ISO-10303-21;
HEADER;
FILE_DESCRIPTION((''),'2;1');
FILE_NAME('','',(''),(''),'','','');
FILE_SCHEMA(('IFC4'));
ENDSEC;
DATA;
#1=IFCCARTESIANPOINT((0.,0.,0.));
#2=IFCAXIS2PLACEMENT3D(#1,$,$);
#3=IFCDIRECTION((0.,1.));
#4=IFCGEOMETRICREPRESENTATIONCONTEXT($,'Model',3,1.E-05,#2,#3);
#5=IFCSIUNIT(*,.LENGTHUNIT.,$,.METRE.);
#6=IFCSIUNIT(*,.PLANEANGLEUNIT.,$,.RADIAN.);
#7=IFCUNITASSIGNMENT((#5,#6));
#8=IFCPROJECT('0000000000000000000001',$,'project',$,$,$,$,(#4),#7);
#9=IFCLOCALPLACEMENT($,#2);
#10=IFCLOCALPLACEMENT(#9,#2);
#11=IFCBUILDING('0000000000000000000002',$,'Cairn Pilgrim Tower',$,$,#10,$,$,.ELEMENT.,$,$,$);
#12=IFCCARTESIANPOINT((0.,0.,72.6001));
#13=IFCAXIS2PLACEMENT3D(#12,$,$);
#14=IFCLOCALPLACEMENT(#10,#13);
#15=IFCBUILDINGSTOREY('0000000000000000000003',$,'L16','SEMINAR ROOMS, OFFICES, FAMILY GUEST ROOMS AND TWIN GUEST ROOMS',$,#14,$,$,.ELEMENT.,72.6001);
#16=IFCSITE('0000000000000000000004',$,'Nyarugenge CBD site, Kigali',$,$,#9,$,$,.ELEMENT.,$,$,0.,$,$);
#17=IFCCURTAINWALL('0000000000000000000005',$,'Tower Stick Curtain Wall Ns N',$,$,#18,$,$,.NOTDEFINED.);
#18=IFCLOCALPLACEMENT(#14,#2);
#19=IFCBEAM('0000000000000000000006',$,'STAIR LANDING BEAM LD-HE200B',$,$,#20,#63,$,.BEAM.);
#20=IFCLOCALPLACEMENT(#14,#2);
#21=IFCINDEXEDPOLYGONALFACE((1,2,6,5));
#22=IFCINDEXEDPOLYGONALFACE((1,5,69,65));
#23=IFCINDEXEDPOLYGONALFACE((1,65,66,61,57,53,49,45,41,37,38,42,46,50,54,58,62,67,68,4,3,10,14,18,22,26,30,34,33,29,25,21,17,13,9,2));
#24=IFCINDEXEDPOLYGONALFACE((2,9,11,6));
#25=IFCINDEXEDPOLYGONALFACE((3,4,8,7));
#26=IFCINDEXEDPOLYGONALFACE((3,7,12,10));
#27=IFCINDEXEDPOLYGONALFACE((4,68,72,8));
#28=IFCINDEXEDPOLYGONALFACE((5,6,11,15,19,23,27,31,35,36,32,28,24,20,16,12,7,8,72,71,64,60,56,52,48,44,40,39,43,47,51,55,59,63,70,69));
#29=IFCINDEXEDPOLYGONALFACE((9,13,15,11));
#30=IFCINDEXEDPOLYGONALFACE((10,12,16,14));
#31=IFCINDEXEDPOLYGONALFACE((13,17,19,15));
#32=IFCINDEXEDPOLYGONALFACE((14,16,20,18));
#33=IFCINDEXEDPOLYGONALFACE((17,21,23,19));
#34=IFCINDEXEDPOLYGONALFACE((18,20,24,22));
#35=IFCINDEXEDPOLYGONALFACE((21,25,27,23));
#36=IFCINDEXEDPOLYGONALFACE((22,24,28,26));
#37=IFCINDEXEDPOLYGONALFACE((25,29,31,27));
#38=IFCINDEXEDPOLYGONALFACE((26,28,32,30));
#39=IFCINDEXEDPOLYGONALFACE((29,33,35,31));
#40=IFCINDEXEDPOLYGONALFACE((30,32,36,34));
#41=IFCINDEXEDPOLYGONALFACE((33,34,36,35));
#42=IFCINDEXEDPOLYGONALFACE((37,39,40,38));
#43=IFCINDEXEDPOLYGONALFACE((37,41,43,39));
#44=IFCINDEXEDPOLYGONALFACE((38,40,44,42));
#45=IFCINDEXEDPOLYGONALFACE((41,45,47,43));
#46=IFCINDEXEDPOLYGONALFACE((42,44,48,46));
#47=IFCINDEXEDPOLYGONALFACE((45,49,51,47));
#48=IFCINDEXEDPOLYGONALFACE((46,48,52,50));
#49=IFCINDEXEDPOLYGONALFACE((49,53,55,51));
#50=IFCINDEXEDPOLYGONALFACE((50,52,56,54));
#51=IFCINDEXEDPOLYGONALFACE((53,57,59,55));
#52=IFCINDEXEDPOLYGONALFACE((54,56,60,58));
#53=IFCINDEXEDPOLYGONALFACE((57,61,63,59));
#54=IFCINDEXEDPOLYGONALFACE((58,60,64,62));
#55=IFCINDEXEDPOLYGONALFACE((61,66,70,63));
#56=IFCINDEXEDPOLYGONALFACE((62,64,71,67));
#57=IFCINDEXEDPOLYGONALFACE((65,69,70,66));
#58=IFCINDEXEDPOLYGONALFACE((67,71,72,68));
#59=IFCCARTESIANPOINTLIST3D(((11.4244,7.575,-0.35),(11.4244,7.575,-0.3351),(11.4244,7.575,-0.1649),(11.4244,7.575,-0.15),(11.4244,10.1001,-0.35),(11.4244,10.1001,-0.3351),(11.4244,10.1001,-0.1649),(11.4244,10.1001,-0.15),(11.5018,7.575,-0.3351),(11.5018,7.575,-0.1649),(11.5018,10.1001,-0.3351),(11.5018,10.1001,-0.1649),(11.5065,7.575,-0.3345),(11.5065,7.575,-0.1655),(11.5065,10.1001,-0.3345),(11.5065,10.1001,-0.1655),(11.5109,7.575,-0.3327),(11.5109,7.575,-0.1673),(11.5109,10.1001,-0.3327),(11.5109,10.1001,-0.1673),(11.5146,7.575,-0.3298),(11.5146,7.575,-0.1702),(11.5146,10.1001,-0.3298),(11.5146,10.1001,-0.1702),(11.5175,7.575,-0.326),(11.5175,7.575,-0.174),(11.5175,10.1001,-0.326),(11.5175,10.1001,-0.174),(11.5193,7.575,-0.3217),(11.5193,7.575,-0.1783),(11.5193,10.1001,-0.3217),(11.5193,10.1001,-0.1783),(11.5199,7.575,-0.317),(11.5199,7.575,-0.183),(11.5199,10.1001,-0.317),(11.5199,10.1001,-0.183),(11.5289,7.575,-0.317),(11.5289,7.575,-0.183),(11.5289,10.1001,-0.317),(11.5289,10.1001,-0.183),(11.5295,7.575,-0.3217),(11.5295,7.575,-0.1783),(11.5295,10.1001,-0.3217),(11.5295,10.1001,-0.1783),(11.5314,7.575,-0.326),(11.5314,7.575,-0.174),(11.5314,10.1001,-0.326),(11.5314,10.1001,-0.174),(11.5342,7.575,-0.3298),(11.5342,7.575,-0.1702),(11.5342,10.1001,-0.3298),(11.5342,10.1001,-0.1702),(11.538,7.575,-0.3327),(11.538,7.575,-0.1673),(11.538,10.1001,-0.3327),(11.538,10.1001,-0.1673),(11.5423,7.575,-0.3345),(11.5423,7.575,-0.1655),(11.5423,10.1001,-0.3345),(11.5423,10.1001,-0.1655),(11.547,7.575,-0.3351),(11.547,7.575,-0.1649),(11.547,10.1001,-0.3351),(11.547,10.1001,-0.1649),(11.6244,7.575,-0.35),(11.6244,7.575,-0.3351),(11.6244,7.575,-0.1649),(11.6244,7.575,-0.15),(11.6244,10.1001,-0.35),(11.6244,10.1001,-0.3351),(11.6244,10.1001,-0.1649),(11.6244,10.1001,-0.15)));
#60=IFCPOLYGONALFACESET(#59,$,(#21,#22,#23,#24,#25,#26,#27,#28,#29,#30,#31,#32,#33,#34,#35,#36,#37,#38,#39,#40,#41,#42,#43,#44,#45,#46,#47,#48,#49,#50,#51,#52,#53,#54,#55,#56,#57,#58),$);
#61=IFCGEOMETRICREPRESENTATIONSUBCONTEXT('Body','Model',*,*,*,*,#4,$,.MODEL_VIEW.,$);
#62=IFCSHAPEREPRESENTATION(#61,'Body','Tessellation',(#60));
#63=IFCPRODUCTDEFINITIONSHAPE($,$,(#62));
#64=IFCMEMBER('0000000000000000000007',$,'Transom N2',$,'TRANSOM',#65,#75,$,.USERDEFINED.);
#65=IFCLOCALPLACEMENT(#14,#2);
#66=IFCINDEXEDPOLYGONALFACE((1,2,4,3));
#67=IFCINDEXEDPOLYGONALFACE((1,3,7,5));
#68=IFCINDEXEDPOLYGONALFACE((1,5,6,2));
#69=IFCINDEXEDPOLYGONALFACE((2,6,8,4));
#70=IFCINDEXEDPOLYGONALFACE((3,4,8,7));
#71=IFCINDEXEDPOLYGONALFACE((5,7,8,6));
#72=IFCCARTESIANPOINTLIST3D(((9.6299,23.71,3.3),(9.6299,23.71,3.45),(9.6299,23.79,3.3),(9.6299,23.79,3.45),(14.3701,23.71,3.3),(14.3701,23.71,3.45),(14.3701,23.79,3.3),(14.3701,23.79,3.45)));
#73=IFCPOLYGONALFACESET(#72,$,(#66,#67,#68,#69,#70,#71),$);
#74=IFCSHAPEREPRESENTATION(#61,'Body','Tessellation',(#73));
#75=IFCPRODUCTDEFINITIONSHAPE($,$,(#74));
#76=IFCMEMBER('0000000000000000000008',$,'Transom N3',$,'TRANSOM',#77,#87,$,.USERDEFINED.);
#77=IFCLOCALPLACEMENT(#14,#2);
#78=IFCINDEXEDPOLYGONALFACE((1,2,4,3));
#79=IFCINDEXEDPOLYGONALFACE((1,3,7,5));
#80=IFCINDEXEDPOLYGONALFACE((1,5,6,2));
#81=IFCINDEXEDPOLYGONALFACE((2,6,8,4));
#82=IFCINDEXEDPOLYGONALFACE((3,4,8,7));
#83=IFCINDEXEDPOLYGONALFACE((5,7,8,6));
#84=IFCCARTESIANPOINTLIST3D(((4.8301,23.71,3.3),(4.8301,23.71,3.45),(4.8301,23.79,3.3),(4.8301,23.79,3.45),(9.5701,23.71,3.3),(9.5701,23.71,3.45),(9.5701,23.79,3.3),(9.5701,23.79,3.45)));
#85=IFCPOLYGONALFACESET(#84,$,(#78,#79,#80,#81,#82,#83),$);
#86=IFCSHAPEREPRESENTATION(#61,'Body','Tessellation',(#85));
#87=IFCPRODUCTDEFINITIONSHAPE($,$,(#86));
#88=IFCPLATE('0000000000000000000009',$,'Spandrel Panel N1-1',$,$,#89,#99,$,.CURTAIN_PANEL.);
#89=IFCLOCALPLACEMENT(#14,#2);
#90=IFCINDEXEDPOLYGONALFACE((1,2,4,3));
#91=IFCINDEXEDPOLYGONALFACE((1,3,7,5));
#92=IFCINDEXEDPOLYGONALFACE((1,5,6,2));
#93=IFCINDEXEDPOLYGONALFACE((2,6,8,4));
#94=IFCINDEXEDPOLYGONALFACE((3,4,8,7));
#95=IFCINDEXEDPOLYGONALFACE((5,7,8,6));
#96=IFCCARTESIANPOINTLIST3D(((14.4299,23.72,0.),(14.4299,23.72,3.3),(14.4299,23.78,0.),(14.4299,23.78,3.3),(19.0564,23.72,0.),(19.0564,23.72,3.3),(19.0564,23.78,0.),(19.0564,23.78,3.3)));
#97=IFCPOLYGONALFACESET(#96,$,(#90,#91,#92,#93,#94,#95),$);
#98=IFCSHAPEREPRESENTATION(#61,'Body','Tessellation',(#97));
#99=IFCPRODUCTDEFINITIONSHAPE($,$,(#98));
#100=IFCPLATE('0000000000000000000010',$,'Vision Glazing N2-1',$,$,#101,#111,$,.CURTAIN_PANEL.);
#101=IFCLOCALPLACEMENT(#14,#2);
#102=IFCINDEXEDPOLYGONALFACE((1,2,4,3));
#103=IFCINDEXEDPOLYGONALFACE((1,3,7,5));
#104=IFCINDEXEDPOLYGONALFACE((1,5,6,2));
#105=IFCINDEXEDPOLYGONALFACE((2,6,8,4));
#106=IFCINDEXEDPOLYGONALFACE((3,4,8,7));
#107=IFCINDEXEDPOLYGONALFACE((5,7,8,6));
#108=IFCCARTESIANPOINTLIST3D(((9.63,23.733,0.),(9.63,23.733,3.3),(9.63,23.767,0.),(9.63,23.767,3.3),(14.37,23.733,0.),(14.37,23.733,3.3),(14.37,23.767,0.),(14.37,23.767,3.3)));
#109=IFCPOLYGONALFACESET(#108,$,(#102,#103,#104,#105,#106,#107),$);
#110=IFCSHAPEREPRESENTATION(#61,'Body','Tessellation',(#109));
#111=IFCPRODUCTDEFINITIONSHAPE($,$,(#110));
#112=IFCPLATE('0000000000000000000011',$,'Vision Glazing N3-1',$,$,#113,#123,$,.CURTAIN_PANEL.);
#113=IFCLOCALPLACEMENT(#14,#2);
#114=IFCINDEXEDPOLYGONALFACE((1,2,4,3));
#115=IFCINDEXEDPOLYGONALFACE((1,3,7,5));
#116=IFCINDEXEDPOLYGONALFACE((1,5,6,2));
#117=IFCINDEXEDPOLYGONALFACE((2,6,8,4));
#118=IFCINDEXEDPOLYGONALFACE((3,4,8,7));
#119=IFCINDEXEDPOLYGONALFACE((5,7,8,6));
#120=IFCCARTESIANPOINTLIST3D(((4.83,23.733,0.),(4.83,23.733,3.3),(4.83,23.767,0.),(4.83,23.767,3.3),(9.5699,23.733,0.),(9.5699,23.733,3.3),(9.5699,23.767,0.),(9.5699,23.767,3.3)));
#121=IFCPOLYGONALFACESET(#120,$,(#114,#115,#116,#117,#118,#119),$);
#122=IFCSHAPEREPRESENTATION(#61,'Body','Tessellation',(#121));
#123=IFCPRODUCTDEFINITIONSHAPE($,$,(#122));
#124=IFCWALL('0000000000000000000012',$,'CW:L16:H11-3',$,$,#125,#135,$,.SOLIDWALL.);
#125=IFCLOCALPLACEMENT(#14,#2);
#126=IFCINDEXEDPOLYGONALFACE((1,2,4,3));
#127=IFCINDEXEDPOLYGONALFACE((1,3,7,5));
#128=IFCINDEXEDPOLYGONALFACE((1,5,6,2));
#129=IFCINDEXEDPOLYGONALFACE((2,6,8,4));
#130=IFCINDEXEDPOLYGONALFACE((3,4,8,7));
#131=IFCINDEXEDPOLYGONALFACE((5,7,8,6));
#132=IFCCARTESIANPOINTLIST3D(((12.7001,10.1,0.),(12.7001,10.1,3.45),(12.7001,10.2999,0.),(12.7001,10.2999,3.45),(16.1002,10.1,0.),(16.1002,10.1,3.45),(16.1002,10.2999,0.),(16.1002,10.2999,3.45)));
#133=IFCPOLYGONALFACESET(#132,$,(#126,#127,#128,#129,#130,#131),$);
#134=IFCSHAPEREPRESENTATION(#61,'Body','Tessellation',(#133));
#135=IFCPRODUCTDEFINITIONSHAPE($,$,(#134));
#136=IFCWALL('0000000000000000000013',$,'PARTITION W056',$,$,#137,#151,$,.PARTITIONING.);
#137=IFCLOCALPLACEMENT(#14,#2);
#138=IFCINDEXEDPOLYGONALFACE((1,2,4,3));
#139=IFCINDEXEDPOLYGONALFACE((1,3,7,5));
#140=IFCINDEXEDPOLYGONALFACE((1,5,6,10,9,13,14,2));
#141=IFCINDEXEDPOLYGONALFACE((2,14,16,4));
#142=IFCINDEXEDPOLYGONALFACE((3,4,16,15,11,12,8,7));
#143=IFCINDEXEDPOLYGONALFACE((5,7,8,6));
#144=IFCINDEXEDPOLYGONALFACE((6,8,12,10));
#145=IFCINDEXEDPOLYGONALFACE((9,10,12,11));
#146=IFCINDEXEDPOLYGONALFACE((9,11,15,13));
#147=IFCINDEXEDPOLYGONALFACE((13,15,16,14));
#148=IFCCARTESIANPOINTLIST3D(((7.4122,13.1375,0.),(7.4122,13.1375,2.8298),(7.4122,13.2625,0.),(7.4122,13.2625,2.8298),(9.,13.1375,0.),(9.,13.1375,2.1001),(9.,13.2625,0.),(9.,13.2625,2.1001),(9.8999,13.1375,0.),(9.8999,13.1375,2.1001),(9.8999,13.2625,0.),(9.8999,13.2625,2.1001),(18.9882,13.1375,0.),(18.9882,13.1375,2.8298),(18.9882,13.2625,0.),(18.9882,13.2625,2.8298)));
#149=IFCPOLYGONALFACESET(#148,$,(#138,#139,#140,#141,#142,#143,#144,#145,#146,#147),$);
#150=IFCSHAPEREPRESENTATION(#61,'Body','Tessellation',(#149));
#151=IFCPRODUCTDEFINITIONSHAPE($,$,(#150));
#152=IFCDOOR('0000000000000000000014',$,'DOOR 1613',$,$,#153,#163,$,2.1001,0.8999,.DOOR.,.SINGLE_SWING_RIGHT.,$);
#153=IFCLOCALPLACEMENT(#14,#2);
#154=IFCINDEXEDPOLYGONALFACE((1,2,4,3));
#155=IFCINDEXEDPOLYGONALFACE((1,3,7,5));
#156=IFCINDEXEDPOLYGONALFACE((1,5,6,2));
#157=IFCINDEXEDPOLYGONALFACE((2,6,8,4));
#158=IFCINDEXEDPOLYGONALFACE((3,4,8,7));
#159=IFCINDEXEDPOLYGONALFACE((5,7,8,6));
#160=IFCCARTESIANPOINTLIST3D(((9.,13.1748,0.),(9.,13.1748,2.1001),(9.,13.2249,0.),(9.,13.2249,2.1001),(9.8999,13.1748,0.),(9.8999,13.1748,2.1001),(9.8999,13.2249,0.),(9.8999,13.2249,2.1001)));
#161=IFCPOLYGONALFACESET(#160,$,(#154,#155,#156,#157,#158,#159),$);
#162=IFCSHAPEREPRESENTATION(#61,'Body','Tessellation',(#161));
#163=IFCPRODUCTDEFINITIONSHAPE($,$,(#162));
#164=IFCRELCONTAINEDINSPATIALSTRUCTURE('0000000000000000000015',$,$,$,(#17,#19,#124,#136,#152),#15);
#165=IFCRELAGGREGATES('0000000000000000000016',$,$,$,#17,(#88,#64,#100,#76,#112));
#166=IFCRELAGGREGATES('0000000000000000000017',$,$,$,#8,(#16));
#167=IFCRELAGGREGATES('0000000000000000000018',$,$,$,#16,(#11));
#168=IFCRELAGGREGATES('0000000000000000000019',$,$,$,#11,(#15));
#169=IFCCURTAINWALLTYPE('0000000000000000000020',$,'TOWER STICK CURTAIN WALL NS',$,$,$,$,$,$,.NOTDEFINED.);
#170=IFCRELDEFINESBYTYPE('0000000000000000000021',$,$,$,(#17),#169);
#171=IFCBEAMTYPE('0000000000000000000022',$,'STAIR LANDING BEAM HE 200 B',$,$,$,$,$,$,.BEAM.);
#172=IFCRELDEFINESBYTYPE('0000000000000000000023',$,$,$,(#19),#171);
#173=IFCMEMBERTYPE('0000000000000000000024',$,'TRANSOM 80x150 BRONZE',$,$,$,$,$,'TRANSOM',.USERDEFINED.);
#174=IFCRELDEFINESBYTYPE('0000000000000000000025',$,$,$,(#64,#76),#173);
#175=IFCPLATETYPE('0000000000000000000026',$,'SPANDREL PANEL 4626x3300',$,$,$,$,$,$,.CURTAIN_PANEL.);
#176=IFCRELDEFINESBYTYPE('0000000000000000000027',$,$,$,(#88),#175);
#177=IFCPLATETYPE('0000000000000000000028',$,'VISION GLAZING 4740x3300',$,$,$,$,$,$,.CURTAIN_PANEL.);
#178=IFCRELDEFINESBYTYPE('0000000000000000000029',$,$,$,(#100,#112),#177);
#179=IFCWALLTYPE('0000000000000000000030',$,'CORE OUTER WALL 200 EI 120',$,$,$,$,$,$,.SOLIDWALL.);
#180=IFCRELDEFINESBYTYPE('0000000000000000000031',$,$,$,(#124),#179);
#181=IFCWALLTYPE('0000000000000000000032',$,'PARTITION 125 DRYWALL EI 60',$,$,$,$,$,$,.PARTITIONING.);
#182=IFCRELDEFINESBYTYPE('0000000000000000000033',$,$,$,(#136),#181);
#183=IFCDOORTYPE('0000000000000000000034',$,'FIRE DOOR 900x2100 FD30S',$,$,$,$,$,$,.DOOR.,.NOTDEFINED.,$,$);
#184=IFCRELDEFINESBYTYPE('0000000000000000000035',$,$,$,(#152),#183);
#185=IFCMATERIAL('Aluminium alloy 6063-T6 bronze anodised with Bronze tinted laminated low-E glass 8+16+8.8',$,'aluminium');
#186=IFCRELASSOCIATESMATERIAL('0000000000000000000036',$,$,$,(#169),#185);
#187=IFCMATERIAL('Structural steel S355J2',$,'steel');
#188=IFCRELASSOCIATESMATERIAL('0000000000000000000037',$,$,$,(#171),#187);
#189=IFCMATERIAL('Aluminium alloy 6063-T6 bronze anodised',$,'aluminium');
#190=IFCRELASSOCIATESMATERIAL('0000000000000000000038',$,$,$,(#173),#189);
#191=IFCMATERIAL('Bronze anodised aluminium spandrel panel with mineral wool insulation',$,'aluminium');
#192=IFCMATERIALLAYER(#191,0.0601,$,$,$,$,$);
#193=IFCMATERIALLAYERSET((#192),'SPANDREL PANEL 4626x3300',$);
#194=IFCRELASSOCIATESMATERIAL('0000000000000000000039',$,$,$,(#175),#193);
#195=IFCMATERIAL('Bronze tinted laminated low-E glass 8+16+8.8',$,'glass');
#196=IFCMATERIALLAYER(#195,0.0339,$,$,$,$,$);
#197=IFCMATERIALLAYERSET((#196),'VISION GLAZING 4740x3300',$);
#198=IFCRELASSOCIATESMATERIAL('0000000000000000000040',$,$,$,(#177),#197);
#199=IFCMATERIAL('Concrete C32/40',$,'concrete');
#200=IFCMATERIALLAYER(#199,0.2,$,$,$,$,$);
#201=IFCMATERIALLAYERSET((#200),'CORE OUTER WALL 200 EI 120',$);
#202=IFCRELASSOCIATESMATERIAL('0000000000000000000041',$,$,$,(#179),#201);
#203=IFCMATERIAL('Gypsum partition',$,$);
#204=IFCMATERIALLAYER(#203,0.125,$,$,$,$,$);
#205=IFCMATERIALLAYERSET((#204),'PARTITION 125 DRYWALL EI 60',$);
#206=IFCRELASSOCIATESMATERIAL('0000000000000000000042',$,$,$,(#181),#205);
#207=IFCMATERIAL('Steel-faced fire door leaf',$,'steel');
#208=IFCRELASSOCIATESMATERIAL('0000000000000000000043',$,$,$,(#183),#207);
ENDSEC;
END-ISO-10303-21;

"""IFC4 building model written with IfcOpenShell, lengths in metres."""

from ifc_helpers import new_model, si_unit, direction, frame, frame_2d, origin, origin_2d, place, context, subcontext, project, spatial, rectangle, i_section, extrude, material, layer, layer_set, material_profile, profile_set, type_object, element, fill, aggregate, save


model = new_model("IFC4")

# Units and contexts
model_context = context("Model", 3, precision=1e-05, world=origin(), true_north=direction((0.0, 1.0)))
body_context = subcontext(model_context, "Body", "Model", "MODEL_VIEW")
ifc_project = project(units=[si_unit("LENGTHUNIT", "METRE"), si_unit("PLANEANGLEUNIT", "RADIAN")], contexts=[model_context])

# Site, building, storey
site_placement = place(None, origin())
site = spatial("IfcSite", under=ifc_project, at=site_placement, Name="Nyarugenge CBD site, Kigali", CompositionType="ELEMENT", RefElevation=0.0)
building_placement = place(site_placement, origin())
building = spatial("IfcBuilding", under=site, at=building_placement, Name="Cairn Pilgrim Tower", CompositionType="ELEMENT")
storey_placement = place(building_placement, frame((0.0, 0.0, 72.6001)))
storey = spatial("IfcBuildingStorey", under=building, at=storey_placement, Name="L16", Description="SEMINAR ROOMS, OFFICES, FAMILY GUEST ROOMS AND TWIN GUEST ROOMS", CompositionType="ELEMENT", Elevation=72.6001)

# Curtain wall
ifc_material_1 = material(Name="Aluminium alloy 6063-T6 bronze anodised with Bronze tinted laminated low-E glass 8+16+8.8", Category="aluminium")
curtain_wall_type = type_object("IfcCurtainWallType", Name="TOWER STICK CURTAIN WALL NS", PredefinedType="NOTDEFINED", material=ifc_material_1)
curtain_wall_placement = place(storey_placement, origin())
curtain_wall = element("IfcCurtainWall", 1, at=curtain_wall_placement, inside=storey, type_object=curtain_wall_type, Name="Tower Stick Curtain Wall Ns N", PredefinedType="NOTDEFINED")
ifc_material_2 = material(Name="Aluminium alloy 6063-T6 bronze anodised", Category="aluminium")

# Beam
ifc_material_3 = material(Name="Structural steel S355J2", Category="steel")
ifc_material_profile_1 = material_profile(ifc_material_3, i_section(OverallWidth=0.2, OverallDepth=0.2, WebThickness=0.009, FlangeThickness=0.0149, FilletRadius=0.0181, at=origin_2d()), Name="HE 200 B")
ifc_profile_set_1 = profile_set([ifc_material_profile_1], Name="Structural steel S355J2")
beam_type_1 = type_object("IfcBeamType", Name="STAIR LANDING BEAM HE 200 B", PredefinedType="BEAM", material=ifc_profile_set_1)
beam_1_placement = place(storey_placement, frame((11.5244, 10.1001, -0.25), z_axis=(0.0, -1.0, 0.0), x_axis=(1.0, 0.0, 0.0)))
element("IfcBeam", 2, at=beam_1_placement, inside=storey, type_object=beam_type_1, Name="STAIR LANDING BEAM LD-HE200B", PredefinedType="BEAM", context=body_context, shape_type="SweptSolid", body=[
    extrude(i_section(OverallWidth=0.2, OverallDepth=0.2, WebThickness=0.009, FlangeThickness=0.0149, FilletRadius=0.0181, at=origin_2d()), origin(), (0.0, 0.0, 1.0), 2.5251),
])

# Members
ifc_material_profile_2 = material_profile(ifc_material_2, rectangle(XDim=0.0801, YDim=0.1499, at=origin_2d()), Name="TRANSOM 80x150 BRONZE")
ifc_profile_set_2 = profile_set([ifc_material_profile_2], Name="Aluminium alloy 6063-T6 bronze anodised")
member_type_1 = type_object("IfcMemberType", Name="TRANSOM 80x150 BRONZE", ElementType="TRANSOM", PredefinedType="USERDEFINED", material=ifc_profile_set_2)
member_1_placement = place(storey_placement, frame((14.3701, 23.75, 3.375), z_axis=(-1.0, 0.0, 0.0), x_axis=(0.0, -1.0, 0.0)))
member_1 = element("IfcMember", 3, at=member_1_placement, type_object=member_type_1, Name="Transom N2", ObjectType="TRANSOM", PredefinedType="USERDEFINED", context=body_context, shape_type="SweptSolid", body=[
    extrude(rectangle(XDim=0.0801, YDim=0.1499, at=origin_2d()), origin(), (0.0, 0.0, 1.0), 4.7402),
])
member_2_placement = place(storey_placement, frame((9.5701, 23.75, 3.375), z_axis=(-1.0, 0.0, 0.0), x_axis=(0.0, -1.0, 0.0)))
member_2 = element("IfcMember", 4, at=member_2_placement, type_object=member_type_1, Name="Transom N3", ObjectType="TRANSOM", PredefinedType="USERDEFINED", context=body_context, shape_type="SweptSolid", body=[
    extrude(rectangle(XDim=0.0801, YDim=0.1499, at=origin_2d()), origin(), (0.0, 0.0, 1.0), 4.74),
])

# Plates
ifc_material_4 = material(Name="Bronze anodised aluminium spandrel panel with mineral wool insulation", Category="aluminium")
ifc_layer_1 = layer(ifc_material_4, 0.0601)
ifc_layer_set_1 = layer_set([ifc_layer_1], Name="SPANDREL PANEL 4626x3300")
plate_type_1 = type_object("IfcPlateType", Name="SPANDREL PANEL 4626x3300", PredefinedType="CURTAIN_PANEL", material=ifc_layer_set_1)
plate_1_placement = place(storey_placement, frame((16.7432, 23.75, 0.0), z_axis=(0.0, 0.0, 1.0), x_axis=(-1.0, 0.0, 0.0)))
plate_1 = element("IfcPlate", 5, at=plate_1_placement, type_object=plate_type_1, Name="Spandrel Panel N1-1", PredefinedType="CURTAIN_PANEL", context=body_context, shape_type="SweptSolid", body=[
    extrude(rectangle(XDim=4.6265, YDim=0.0601, at=origin_2d()), origin(), (0.0, 0.0, 1.0), 3.3),
])
ifc_material_5 = material(Name="Bronze tinted laminated low-E glass 8+16+8.8", Category="glass")
ifc_layer_2 = layer(ifc_material_5, 0.0339)
ifc_layer_set_2 = layer_set([ifc_layer_2], Name="VISION GLAZING 4740x3300")
plate_type_2 = type_object("IfcPlateType", Name="VISION GLAZING 4740x3300", PredefinedType="CURTAIN_PANEL", material=ifc_layer_set_2)
plate_2_placement = place(storey_placement, frame((12.0, 23.75, 0.0), z_axis=(0.0, 0.0, 1.0), x_axis=(-1.0, 0.0, 0.0)))
plate_2 = element("IfcPlate", 6, at=plate_2_placement, type_object=plate_type_2, Name="Vision Glazing N2-1", PredefinedType="CURTAIN_PANEL", context=body_context, shape_type="SweptSolid", body=[
    extrude(rectangle(XDim=4.74, YDim=0.0339, at=origin_2d()), origin(), (0.0, 0.0, 1.0), 3.3),
])
plate_3_placement = place(storey_placement, frame((7.2, 23.75, 0.0), z_axis=(0.0, 0.0, 1.0), x_axis=(-1.0, 0.0, 0.0)))
plate_3 = element("IfcPlate", 7, at=plate_3_placement, type_object=plate_type_2, Name="Vision Glazing N3-1", PredefinedType="CURTAIN_PANEL", context=body_context, shape_type="SweptSolid", body=[
    extrude(rectangle(XDim=4.74, YDim=0.0339, at=origin_2d()), origin(), (0.0, 0.0, 1.0), 3.3),
])
aggregate(curtain_wall, [plate_1, member_1, plate_2, member_2, plate_3])

# Wall
ifc_material_6 = material(Name="Concrete C32/40", Category="concrete")
ifc_layer_3 = layer(ifc_material_6, 0.2)
ifc_layer_set_3 = layer_set([ifc_layer_3], Name="CORE OUTER WALL 200 EI 120")
wall_type_1 = type_object("IfcWallType", Name="CORE OUTER WALL 200 EI 120", PredefinedType="SOLIDWALL", material=ifc_layer_set_3)
wall_1_placement = place(storey_placement, frame((12.7, 10.2, 0.0), z_axis=(0.0, 0.0, 1.0), x_axis=(1.0, 0.0, 0.0)))
element("IfcWall", 8, at=wall_1_placement, inside=storey, type_object=wall_type_1, Name="CW:L16:H11-3", PredefinedType="SOLIDWALL", context=body_context, shape_type="SweptSolid", body=[
    extrude(rectangle(XDim=3.4001, YDim=0.2, at=frame_2d((1.7002, 0.0))), origin(), (0.0, 0.0, 1.0), 3.45),
])

# Wall, opening, door
ifc_material_7 = material(Name="Gypsum partition")
ifc_layer_4 = layer(ifc_material_7, 0.125)
ifc_layer_set_4 = layer_set([ifc_layer_4], Name="PARTITION 125 DRYWALL EI 60")
wall_type_2 = type_object("IfcWallType", Name="PARTITION 125 DRYWALL EI 60", PredefinedType="PARTITIONING", material=ifc_layer_set_4)
wall_2_placement = place(storey_placement, frame((7.4121, 13.2, 0.0), z_axis=(0.0, 0.0, 1.0), x_axis=(1.0, 0.0, 0.0)))
wall_2 = element("IfcWall", 9, at=wall_2_placement, inside=storey, type_object=wall_type_2, Name="PARTITION W056", PredefinedType="PARTITIONING", context=body_context, shape_type="SweptSolid", body=[
    extrude(rectangle(XDim=11.5759, YDim=0.125, at=frame_2d((5.7881, 0.0))), origin(), (0.0, 0.0, 1.0), 2.8298),
])
opening_1_placement = place(wall_2_placement, frame((1.5879, 0.0, 0.0)))
opening_1 = element("IfcOpeningElement", 10, at=opening_1_placement, cuts=wall_2, PredefinedType="OPENING", context=body_context, shape_type="SweptSolid", body=[
    extrude(rectangle(XDim=0.8999, YDim=2.1001, at=frame_2d((0.45, 1.05))), frame((0.0, 0.0725, 0.0), z_axis=(0.0, -1.0, 0.0), x_axis=(1.0, 0.0, 0.0)), (0.0, 0.0, 1.0), 0.145),
])
ifc_material_8 = material(Name="Steel-faced fire door leaf", Category="steel")
door_type_1 = type_object("IfcDoorType", Name="FIRE DOOR 900x2100 FD30S", OperationType="NOTDEFINED", PredefinedType="DOOR", material=ifc_material_8)
door_1_placement = place(opening_1_placement, origin())
door_1 = element("IfcDoor", 11, at=door_1_placement, inside=storey, type_object=door_type_1, Name="DOOR 1613", OperationType="SINGLE_SWING_RIGHT", OverallHeight=2.1001, OverallWidth=0.8999, PredefinedType="DOOR", context=body_context, shape_type="SweptSolid", body=[
    extrude(rectangle(XDim=0.8999, YDim=2.1001, at=frame_2d((0.45, 1.05))), frame((0.0, 0.0249, 0.0), z_axis=(0.0, -1.0, 0.0), x_axis=(1.0, 0.0, 0.0)), (0.0, 0.0, 1.0), 0.05),
])
fill(opening_1, door_1)

save(model, "model.ifc")
